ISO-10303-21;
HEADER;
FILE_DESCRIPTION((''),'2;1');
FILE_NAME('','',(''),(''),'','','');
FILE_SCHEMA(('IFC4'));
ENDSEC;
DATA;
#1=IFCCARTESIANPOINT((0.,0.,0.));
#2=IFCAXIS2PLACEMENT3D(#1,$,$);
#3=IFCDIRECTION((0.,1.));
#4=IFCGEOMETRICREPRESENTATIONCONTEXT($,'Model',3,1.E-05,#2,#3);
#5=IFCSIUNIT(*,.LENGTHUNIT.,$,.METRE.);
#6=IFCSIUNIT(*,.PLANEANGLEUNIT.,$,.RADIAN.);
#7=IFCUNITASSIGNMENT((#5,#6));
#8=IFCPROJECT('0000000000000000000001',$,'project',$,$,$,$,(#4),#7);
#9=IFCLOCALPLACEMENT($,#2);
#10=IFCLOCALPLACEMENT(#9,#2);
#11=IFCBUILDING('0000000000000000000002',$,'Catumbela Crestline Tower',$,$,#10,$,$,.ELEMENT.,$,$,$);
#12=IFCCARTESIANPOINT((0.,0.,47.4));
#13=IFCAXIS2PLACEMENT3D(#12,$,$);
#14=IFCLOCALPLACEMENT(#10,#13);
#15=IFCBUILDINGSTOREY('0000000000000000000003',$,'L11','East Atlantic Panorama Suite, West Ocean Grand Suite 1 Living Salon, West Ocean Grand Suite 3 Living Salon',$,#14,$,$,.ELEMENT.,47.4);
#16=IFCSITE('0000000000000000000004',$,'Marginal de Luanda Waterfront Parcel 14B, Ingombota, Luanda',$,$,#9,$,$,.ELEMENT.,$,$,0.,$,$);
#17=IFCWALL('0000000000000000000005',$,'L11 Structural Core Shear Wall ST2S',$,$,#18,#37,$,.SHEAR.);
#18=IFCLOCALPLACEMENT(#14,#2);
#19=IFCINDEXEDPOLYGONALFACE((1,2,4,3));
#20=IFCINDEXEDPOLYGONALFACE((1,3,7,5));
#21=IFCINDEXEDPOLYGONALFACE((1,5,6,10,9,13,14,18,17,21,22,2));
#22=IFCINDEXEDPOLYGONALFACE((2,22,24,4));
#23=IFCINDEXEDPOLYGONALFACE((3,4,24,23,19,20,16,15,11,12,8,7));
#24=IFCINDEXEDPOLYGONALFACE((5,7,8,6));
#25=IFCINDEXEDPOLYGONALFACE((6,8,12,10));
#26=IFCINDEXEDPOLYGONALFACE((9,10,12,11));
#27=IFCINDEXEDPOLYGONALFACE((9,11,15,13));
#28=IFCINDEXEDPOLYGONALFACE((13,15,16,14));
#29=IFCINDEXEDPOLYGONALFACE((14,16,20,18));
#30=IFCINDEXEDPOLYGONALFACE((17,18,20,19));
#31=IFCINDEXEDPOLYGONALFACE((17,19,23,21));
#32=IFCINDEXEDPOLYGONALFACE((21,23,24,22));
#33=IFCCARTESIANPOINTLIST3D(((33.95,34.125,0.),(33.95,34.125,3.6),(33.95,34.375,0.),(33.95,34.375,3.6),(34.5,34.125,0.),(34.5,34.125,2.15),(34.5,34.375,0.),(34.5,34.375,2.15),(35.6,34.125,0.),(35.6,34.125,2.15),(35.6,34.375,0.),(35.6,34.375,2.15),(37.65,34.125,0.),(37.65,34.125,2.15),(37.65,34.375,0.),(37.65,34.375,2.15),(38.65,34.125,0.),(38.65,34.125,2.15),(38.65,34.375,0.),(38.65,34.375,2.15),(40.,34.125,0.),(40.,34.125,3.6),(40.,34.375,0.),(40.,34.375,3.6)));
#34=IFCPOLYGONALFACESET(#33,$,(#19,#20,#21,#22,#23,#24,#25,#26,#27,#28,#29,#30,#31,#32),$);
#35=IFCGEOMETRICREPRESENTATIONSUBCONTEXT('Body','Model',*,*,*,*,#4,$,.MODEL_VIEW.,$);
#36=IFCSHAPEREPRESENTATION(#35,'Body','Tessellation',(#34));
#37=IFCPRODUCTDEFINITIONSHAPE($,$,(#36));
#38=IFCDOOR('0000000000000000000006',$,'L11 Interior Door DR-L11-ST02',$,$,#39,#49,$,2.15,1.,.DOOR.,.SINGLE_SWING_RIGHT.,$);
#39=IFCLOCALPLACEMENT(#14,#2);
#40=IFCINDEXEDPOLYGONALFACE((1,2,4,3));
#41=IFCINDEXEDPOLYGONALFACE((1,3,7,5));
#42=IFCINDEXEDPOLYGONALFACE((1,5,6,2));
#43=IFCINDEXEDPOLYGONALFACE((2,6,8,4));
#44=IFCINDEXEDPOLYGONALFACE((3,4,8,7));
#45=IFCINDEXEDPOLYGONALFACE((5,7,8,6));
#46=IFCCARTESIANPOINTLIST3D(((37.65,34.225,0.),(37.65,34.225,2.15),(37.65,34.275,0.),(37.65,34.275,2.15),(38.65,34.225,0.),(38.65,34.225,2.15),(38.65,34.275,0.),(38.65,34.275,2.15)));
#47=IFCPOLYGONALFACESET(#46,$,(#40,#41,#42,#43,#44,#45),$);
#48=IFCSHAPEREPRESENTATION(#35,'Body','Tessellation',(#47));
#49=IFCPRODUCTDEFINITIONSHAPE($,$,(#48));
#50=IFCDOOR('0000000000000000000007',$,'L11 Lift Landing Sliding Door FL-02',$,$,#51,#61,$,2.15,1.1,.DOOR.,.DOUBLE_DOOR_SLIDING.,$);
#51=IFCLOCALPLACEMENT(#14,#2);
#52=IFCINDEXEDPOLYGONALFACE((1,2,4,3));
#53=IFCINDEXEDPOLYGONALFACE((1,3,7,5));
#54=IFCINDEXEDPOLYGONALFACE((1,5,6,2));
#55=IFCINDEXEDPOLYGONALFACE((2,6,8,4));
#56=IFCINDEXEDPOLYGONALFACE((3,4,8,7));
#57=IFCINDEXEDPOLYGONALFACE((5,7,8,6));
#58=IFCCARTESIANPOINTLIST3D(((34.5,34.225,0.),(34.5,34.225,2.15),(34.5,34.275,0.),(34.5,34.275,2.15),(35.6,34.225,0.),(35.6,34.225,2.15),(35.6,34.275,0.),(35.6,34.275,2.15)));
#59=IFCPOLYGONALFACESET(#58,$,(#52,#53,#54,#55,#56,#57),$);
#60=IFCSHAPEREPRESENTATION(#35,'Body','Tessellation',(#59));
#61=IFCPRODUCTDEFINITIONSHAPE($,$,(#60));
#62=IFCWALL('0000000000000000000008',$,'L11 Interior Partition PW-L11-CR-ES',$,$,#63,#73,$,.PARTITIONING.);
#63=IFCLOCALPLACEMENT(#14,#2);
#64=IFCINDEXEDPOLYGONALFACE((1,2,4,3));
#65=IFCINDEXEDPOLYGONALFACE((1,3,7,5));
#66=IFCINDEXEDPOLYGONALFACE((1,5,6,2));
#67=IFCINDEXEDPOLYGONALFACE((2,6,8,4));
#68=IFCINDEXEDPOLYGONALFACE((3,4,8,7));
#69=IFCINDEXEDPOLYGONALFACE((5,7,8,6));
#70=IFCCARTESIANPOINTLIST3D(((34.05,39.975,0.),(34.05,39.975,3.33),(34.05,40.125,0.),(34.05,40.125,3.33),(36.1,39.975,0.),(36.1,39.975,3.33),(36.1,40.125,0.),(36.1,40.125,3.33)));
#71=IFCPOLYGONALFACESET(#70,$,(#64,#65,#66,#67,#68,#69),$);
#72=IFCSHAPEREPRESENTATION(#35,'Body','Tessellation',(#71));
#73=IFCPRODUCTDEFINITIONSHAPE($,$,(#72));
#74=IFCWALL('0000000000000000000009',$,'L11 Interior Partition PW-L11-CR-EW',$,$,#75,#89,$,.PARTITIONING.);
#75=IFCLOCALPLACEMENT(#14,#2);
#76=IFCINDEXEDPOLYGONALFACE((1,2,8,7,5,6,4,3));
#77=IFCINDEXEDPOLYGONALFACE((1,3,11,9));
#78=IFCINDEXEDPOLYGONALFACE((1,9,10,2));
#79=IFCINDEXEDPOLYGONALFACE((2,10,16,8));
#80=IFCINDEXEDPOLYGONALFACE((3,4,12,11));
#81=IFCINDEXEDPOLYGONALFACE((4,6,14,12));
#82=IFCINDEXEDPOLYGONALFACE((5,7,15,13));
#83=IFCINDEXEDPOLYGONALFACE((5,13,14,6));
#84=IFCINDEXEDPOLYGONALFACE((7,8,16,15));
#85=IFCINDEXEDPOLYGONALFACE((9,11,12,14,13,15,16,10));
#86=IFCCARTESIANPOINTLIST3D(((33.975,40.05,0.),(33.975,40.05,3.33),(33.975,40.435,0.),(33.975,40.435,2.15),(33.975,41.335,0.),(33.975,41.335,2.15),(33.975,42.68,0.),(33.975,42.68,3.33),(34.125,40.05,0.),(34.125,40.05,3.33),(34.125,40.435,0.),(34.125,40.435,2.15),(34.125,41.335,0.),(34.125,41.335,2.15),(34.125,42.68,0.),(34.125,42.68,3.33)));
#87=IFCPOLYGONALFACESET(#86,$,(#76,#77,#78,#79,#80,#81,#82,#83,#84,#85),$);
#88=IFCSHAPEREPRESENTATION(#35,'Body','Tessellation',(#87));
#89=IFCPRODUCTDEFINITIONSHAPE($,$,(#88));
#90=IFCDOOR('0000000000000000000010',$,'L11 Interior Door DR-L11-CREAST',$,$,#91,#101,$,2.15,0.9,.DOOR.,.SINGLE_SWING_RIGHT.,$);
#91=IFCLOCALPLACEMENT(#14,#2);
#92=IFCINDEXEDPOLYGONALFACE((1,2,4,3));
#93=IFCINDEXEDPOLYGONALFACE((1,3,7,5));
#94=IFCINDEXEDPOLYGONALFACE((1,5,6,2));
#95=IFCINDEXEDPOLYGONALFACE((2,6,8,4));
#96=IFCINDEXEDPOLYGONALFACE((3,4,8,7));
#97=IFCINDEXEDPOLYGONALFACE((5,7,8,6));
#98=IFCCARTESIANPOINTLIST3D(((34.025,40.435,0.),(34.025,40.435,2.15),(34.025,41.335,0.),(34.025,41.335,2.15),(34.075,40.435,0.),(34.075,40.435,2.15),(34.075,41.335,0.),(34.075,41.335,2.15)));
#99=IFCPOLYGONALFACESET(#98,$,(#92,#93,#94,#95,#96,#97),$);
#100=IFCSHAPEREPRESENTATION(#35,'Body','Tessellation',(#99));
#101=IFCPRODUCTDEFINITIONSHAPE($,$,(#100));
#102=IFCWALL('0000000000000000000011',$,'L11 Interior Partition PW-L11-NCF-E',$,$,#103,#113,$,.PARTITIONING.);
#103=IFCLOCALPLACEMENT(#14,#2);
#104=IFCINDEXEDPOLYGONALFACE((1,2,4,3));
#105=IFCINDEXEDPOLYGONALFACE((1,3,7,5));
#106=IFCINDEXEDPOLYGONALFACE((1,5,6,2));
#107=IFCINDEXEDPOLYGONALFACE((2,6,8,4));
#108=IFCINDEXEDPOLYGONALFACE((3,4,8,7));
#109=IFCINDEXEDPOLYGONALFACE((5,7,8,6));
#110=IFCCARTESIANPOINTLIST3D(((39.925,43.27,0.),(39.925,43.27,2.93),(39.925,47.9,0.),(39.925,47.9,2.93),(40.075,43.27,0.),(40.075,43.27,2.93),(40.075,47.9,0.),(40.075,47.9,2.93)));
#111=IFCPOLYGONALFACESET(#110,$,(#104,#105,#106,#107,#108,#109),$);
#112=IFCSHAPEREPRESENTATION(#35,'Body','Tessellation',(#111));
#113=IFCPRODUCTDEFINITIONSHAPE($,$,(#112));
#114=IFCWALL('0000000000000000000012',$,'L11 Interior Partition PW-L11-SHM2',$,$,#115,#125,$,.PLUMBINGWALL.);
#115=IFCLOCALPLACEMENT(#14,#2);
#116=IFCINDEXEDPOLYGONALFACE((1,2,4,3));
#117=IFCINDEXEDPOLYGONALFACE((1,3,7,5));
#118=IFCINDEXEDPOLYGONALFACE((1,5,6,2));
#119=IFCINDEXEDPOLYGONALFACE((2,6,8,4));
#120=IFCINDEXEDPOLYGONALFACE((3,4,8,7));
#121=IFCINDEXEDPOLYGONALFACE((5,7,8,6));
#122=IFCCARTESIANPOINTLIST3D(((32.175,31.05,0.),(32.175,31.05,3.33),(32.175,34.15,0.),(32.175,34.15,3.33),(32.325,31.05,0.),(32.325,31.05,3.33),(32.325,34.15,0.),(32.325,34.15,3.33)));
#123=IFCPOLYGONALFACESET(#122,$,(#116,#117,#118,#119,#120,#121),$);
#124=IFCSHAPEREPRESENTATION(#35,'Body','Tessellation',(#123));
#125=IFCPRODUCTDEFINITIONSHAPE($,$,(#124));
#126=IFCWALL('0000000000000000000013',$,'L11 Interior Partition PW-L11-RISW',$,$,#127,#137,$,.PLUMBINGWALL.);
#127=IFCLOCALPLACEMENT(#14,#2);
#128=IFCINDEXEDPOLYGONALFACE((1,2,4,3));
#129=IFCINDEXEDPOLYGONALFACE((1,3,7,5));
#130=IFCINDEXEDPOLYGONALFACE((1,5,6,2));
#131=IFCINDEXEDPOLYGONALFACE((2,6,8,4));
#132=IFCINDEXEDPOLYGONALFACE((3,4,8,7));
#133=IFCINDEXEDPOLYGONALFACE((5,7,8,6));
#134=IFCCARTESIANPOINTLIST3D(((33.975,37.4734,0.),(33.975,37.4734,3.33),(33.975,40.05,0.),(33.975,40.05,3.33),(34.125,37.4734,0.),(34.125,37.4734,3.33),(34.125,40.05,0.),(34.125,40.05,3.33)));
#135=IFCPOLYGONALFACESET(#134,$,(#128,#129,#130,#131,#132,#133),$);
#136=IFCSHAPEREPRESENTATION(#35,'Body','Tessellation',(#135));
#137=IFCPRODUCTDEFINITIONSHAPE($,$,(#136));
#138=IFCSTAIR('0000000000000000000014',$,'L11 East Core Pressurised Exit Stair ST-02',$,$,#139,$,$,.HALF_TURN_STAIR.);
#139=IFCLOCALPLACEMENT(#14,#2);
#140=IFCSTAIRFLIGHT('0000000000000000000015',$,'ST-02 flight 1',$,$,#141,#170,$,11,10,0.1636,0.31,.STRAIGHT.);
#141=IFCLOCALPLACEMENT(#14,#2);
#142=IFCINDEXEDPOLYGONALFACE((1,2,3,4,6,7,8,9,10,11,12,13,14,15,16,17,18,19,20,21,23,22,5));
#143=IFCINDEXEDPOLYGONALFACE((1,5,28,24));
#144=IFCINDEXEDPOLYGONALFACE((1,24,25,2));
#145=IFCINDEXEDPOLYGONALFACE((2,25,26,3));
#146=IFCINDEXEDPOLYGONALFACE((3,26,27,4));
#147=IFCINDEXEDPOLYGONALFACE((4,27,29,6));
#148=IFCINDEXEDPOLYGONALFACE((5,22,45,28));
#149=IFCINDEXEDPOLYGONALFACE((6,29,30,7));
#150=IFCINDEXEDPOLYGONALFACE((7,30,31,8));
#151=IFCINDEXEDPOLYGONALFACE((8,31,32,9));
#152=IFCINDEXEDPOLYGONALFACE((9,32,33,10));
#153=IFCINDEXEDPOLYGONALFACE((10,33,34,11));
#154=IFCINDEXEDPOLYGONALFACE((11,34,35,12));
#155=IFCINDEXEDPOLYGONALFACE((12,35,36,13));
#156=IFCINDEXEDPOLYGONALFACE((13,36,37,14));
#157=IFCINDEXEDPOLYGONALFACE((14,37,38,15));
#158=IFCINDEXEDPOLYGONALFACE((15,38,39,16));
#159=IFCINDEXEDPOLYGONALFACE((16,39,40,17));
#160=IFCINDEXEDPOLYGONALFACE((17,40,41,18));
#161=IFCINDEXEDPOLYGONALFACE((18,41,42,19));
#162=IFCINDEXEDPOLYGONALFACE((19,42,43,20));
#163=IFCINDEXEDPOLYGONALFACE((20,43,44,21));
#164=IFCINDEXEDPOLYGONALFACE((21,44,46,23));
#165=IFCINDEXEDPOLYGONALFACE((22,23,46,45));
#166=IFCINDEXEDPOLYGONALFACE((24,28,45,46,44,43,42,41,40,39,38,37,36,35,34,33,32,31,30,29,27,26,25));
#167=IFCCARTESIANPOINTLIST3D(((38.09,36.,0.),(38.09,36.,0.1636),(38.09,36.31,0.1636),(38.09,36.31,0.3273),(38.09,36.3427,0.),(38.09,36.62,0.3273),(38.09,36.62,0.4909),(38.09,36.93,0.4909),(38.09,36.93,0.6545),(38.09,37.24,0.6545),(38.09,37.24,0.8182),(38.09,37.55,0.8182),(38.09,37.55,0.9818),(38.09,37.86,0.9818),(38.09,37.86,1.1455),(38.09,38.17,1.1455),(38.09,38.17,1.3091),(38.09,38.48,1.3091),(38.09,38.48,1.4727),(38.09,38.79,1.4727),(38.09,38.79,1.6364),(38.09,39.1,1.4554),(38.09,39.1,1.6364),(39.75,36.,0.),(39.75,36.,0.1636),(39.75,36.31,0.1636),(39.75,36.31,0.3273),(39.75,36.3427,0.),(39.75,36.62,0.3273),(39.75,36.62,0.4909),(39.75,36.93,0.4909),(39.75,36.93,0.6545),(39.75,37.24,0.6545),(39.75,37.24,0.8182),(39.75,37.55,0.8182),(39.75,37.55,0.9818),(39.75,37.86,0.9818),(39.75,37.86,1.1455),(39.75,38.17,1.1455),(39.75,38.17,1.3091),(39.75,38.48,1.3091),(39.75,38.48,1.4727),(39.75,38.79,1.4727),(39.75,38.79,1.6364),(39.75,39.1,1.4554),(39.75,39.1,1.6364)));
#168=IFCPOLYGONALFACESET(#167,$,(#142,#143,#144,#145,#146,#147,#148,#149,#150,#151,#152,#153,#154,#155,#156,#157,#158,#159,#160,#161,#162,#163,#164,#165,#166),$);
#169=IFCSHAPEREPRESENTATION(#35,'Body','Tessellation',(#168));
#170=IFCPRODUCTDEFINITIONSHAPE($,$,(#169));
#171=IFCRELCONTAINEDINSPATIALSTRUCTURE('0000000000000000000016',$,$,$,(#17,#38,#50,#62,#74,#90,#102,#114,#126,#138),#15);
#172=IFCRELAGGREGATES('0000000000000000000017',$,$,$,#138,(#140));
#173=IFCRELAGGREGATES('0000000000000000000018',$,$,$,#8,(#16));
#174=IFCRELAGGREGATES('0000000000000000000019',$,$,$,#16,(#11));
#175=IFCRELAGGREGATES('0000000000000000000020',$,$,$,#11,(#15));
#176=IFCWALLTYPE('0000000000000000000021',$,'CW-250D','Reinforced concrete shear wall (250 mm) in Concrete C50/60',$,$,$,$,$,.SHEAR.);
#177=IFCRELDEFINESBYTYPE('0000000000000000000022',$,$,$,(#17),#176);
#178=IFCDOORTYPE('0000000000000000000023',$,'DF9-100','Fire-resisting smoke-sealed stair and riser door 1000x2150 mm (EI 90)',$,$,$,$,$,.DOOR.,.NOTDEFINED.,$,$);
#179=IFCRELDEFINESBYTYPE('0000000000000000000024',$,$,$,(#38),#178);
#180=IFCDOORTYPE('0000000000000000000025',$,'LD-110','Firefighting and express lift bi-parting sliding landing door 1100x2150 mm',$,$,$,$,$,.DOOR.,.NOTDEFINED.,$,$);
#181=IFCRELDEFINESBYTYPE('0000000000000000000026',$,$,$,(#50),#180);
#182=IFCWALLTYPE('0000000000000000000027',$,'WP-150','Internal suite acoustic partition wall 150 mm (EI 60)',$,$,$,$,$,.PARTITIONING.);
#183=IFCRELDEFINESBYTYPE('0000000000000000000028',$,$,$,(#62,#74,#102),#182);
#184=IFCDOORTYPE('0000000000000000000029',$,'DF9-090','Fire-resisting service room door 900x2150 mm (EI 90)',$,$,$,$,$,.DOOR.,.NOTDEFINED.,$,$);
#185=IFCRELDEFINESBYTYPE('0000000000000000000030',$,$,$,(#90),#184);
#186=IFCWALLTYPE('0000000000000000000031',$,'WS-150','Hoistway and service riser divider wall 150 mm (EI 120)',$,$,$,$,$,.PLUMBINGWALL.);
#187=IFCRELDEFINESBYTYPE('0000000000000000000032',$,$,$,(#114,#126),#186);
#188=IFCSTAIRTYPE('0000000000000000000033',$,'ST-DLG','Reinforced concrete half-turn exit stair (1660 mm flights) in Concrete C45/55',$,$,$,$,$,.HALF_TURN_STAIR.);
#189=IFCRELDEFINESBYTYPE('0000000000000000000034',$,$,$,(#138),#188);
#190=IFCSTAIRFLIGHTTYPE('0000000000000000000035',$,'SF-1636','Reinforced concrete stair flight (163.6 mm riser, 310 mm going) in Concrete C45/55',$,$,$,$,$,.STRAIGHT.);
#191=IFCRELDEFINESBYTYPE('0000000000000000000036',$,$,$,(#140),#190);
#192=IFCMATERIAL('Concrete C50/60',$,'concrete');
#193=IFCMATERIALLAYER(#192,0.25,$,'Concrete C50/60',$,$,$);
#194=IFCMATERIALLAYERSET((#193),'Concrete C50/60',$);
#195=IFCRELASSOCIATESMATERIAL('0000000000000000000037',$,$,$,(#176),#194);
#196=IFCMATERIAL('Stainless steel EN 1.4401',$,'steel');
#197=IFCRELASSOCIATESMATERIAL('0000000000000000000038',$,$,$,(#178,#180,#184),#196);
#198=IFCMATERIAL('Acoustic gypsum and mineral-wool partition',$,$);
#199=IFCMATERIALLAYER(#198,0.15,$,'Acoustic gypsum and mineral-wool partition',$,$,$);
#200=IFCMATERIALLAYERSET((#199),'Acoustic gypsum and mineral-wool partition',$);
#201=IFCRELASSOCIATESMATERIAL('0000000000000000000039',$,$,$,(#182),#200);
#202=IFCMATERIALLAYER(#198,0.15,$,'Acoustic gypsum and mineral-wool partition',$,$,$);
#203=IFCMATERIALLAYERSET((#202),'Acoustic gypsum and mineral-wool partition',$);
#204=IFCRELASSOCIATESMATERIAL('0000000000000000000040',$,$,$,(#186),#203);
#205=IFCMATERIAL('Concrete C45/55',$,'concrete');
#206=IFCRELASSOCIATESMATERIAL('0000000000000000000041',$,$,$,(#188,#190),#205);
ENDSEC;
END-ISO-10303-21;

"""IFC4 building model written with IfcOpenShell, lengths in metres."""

from ifc_helpers import new_model, si_unit, direction, frame, frame_2d, origin, place, context, subcontext, project, spatial, polyline, rectangle, outline, extrude, material, layer, layer_set, type_object, element, fill, aggregate, save


model = new_model("IFC4")

# Units and contexts
model_context = context("Model", 3, precision=1e-05, world=origin(), true_north=direction((0.0, 1.0)))
body_context = subcontext(model_context, "Body", "Model", "MODEL_VIEW")
ifc_project = project(units=[si_unit("LENGTHUNIT", "METRE"), si_unit("PLANEANGLEUNIT", "RADIAN")], contexts=[model_context])

# Site, building, storey
site_placement = place(None, origin())
site = spatial("IfcSite", under=ifc_project, at=site_placement, Name="Marginal de Luanda Waterfront Parcel 14B, Ingombota, Luanda", CompositionType="ELEMENT", RefElevation=0.0)
building_placement = place(site_placement, origin())
building = spatial("IfcBuilding", under=site, at=building_placement, Name="Catumbela Crestline Tower", CompositionType="ELEMENT")
storey_placement = place(building_placement, frame((0.0, 0.0, 47.4)))
storey = spatial("IfcBuildingStorey", under=building, at=storey_placement, Name="L11", Description="East Atlantic Panorama Suite, West Ocean Grand Suite 1 Living Salon, West Ocean Grand Suite 3 Living Salon", CompositionType="ELEMENT", Elevation=47.4)

# Shared definitions
ifc_material_1 = material(Name="Concrete C50/60", Category="concrete")
ifc_layer_1 = layer(ifc_material_1, 0.25, Name="Concrete C50/60")
ifc_layer_set_1 = layer_set([ifc_layer_1], Name="Concrete C50/60")
wall_type_1 = type_object("IfcWallType", Name="CW-250D", Description="Reinforced concrete shear wall (250 mm) in Concrete C50/60", PredefinedType="SHEAR", material=ifc_layer_set_1)

# Wall, openings, doors
wall_1_placement = place(storey_placement, frame((33.95, 34.25, 0.0), z_axis=(0.0, 0.0, 1.0), x_axis=(1.0, 0.0, 0.0)))
wall_1 = element("IfcWall", 1, at=wall_1_placement, inside=storey, type_object=wall_type_1, Name="L11 Structural Core Shear Wall ST2S", PredefinedType="SHEAR", context=body_context, shape_type="SweptSolid", body=[
    extrude(rectangle(XDim=6.05, YDim=0.25, at=frame_2d((3.025, 0.0))), origin(), (0.0, 0.0, 1.0), 3.6),
])
opening_1_placement = place(wall_1_placement, frame((3.7, 0.0, 0.0)))
opening_1 = element("IfcOpeningElement", 2, at=opening_1_placement, cuts=wall_1, PredefinedType="OPENING", context=body_context, shape_type="SweptSolid", body=[
    extrude(rectangle(XDim=1.0, YDim=2.15, at=frame_2d((0.5, 1.075))), frame((0.0, 0.135, 0.0), z_axis=(0.0, -1.0, 0.0), x_axis=(1.0, 0.0, 0.0)), (0.0, 0.0, 1.0), 0.27),
])
opening_2_placement = place(wall_1_placement, frame((0.55, 0.0, 0.0)))
opening_2 = element("IfcOpeningElement", 3, at=opening_2_placement, cuts=wall_1, PredefinedType="OPENING", context=body_context, shape_type="SweptSolid", body=[
    extrude(rectangle(XDim=1.1, YDim=2.15, at=frame_2d((0.55, 1.075))), frame((0.0, 0.135, 0.0), z_axis=(0.0, -1.0, 0.0), x_axis=(1.0, 0.0, 0.0)), (0.0, 0.0, 1.0), 0.27),
])
ifc_material_2 = material(Name="Stainless steel EN 1.4401", Category="steel")
door_type_1 = type_object("IfcDoorType", Name="DF9-100", Description="Fire-resisting smoke-sealed stair and riser door 1000x2150 mm (EI 90)", OperationType="NOTDEFINED", PredefinedType="DOOR", material=ifc_material_2)
door_1_placement = place(opening_1_placement, origin())
door_1 = element("IfcDoor", 4, at=door_1_placement, inside=storey, type_object=door_type_1, Name="L11 Interior Door DR-L11-ST02", OperationType="SINGLE_SWING_RIGHT", OverallHeight=2.15, OverallWidth=1.0, PredefinedType="DOOR", context=body_context, shape_type="SweptSolid", body=[
    extrude(rectangle(XDim=1.0, YDim=2.15, at=frame_2d((0.5, 1.075))), frame((0.0, 0.025, 0.0), z_axis=(0.0, -1.0, 0.0), x_axis=(1.0, 0.0, 0.0)), (0.0, 0.0, 1.0), 0.05),
])
fill(opening_1, door_1)
door_type_2 = type_object("IfcDoorType", Name="LD-110", Description="Firefighting and express lift bi-parting sliding landing door 1100x2150 mm", OperationType="NOTDEFINED", PredefinedType="DOOR", material=ifc_material_2)
door_2_placement = place(opening_2_placement, origin())
door_2 = element("IfcDoor", 5, at=door_2_placement, inside=storey, type_object=door_type_2, Name="L11 Lift Landing Sliding Door FL-02", OperationType="DOUBLE_DOOR_SLIDING", OverallHeight=2.15, OverallWidth=1.1, PredefinedType="DOOR", context=body_context, shape_type="SweptSolid", body=[
    extrude(rectangle(XDim=1.1, YDim=2.15, at=frame_2d((0.55, 1.075))), frame((0.0, 0.025, 0.0), z_axis=(0.0, -1.0, 0.0), x_axis=(1.0, 0.0, 0.0)), (0.0, 0.0, 1.0), 0.05),
])
fill(opening_2, door_2)

# Wall
ifc_material_3 = material(Name="Acoustic gypsum and mineral-wool partition")
ifc_layer_2 = layer(ifc_material_3, 0.15, Name="Acoustic gypsum and mineral-wool partition")
ifc_layer_set_2 = layer_set([ifc_layer_2], Name="Acoustic gypsum and mineral-wool partition")
wall_type_2 = type_object("IfcWallType", Name="WP-150", Description="Internal suite acoustic partition wall 150 mm (EI 60)", PredefinedType="PARTITIONING", material=ifc_layer_set_2)
wall_2_placement = place(storey_placement, frame((34.05, 40.05, 0.0), z_axis=(0.0, 0.0, 1.0), x_axis=(1.0, 0.0, 0.0)))
element("IfcWall", 6, at=wall_2_placement, inside=storey, type_object=wall_type_2, Name="L11 Interior Partition PW-L11-CR-ES", PredefinedType="PARTITIONING", context=body_context, shape_type="SweptSolid", body=[
    extrude(rectangle(XDim=2.05, YDim=0.15, at=frame_2d((1.025, 0.0))), origin(), (0.0, 0.0, 1.0), 3.33),
])

# Wall, opening, door
wall_3_placement = place(storey_placement, frame((34.05, 40.05, 0.0), z_axis=(0.0, 0.0, 1.0), x_axis=(0.0, 1.0, 0.0)))
wall_3 = element("IfcWall", 7, at=wall_3_placement, inside=storey, type_object=wall_type_2, Name="L11 Interior Partition PW-L11-CR-EW", PredefinedType="PARTITIONING", context=body_context, shape_type="SweptSolid", body=[
    extrude(rectangle(XDim=2.63, YDim=0.15, at=frame_2d((1.315, 0.0))), origin(), (0.0, 0.0, 1.0), 3.33),
])
opening_3_placement = place(wall_3_placement, frame((0.385, 0.0, 0.0)))
opening_3 = element("IfcOpeningElement", 8, at=opening_3_placement, cuts=wall_3, PredefinedType="OPENING", context=body_context, shape_type="SweptSolid", body=[
    extrude(rectangle(XDim=0.9, YDim=2.15, at=frame_2d((0.45, 1.075))), frame((0.0, 0.085, 0.0), z_axis=(0.0, -1.0, 0.0), x_axis=(1.0, 0.0, 0.0)), (0.0, 0.0, 1.0), 0.17),
])
door_type_3 = type_object("IfcDoorType", Name="DF9-090", Description="Fire-resisting service room door 900x2150 mm (EI 90)", OperationType="NOTDEFINED", PredefinedType="DOOR", material=ifc_material_2)
door_3_placement = place(opening_3_placement, origin())
door_3 = element("IfcDoor", 9, at=door_3_placement, inside=storey, type_object=door_type_3, Name="L11 Interior Door DR-L11-CREAST", OperationType="SINGLE_SWING_RIGHT", OverallHeight=2.15, OverallWidth=0.9, PredefinedType="DOOR", context=body_context, shape_type="SweptSolid", body=[
    extrude(rectangle(XDim=0.9, YDim=2.15, at=frame_2d((0.45, 1.075))), frame((0.0, 0.025, 0.0), z_axis=(0.0, -1.0, 0.0), x_axis=(1.0, 0.0, 0.0)), (0.0, 0.0, 1.0), 0.05),
])
fill(opening_3, door_3)

# Walls
wall_4_placement = place(storey_placement, frame((40.0, 43.27, 0.0), z_axis=(0.0, 0.0, 1.0), x_axis=(0.0, 1.0, 0.0)))
element("IfcWall", 10, at=wall_4_placement, inside=storey, type_object=wall_type_2, Name="L11 Interior Partition PW-L11-NCF-E", PredefinedType="PARTITIONING", context=body_context, shape_type="SweptSolid", body=[
    extrude(rectangle(XDim=4.63, YDim=0.15, at=frame_2d((2.315, 0.0))), origin(), (0.0, 0.0, 1.0), 2.93),
])
ifc_layer_3 = layer(ifc_material_3, 0.15, Name="Acoustic gypsum and mineral-wool partition")
ifc_layer_set_3 = layer_set([ifc_layer_3], Name="Acoustic gypsum and mineral-wool partition")
wall_type_3 = type_object("IfcWallType", Name="WS-150", Description="Hoistway and service riser divider wall 150 mm (EI 120)", PredefinedType="PLUMBINGWALL", material=ifc_layer_set_3)
wall_5_placement = place(storey_placement, frame((32.25, 31.05, 0.0), z_axis=(0.0, 0.0, 1.0), x_axis=(0.0, 1.0, 0.0)))
element("IfcWall", 11, at=wall_5_placement, inside=storey, type_object=wall_type_3, Name="L11 Interior Partition PW-L11-SHM2", PredefinedType="PLUMBINGWALL", context=body_context, shape_type="SweptSolid", body=[
    extrude(rectangle(XDim=3.1, YDim=0.15, at=frame_2d((1.55, 0.0))), origin(), (0.0, 0.0, 1.0), 3.33),
])
wall_6_placement = place(storey_placement, frame((34.05, 37.4734, 0.0), z_axis=(0.0, 0.0, 1.0), x_axis=(0.0, 1.0, 0.0)))
element("IfcWall", 12, at=wall_6_placement, inside=storey, type_object=wall_type_3, Name="L11 Interior Partition PW-L11-RISW", PredefinedType="PLUMBINGWALL", context=body_context, shape_type="SweptSolid", body=[
    extrude(rectangle(XDim=2.5766, YDim=0.15, at=frame_2d((1.2883, 0.0))), origin(), (0.0, 0.0, 1.0), 3.33),
])

# Stair, stair flight
ifc_material_4 = material(Name="Concrete C45/55", Category="concrete")
stair_type = type_object("IfcStairType", Name="ST-DLG", Description="Reinforced concrete half-turn exit stair (1660 mm flights) in Concrete C45/55", PredefinedType="HALF_TURN_STAIR", material=ifc_material_4)
stair_placement = place(storey_placement, origin())
stair = element("IfcStair", 13, at=stair_placement, inside=storey, type_object=stair_type, Name="L11 East Core Pressurised Exit Stair ST-02", PredefinedType="HALF_TURN_STAIR")
stair_flight_type = type_object("IfcStairFlightType", Name="SF-1636", Description="Reinforced concrete stair flight (163.6 mm riser, 310 mm going) in Concrete C45/55", PredefinedType="STRAIGHT", material=ifc_material_4)
stair_flight_1_placement = place(storey_placement, frame((38.92, 36.0, 0.0), z_axis=(0.0, 0.0, 1.0), x_axis=(0.0, 1.0, 0.0)))
stair_flight_1 = element("IfcStairFlight", 14, at=stair_flight_1_placement, type_object=stair_flight_type, Name="ST-02 flight 1", NumberOfRisers=11, NumberOfTreads=10, PredefinedType="STRAIGHT", RiserHeight=0.1636, TreadLength=0.31, context=body_context, shape_type="SweptSolid", body=[
    extrude(outline(polyline([(0.0, 0.0), (0.0, 0.1636), (0.31, 0.1636), (0.31, 0.3273), (0.62, 0.3273), (0.62, 0.4909), (0.93, 0.4909), (0.93, 0.6545), (1.24, 0.6545), (1.24, 0.8182), (1.55, 0.8182), (1.55, 0.9818), (1.86, 0.9818), (1.86, 1.1455), (2.17, 1.1455), (2.17, 1.3091), (2.48, 1.3091), (2.48, 1.4727), (2.79, 1.4727), (2.79, 1.6364), (3.1, 1.6364), (3.1, 1.8), (3.1, 1.4554), (0.3427, 0.0), (0.0, 0.0)])), frame((0.0, 0.83, 0.0), z_axis=(0.0, -1.0, 0.0), x_axis=(1.0, 0.0, 0.0)), (0.0, 0.0, 1.0), 1.66),
])
aggregate(stair, [stair_flight_1])

save(model, "model.ifc")
